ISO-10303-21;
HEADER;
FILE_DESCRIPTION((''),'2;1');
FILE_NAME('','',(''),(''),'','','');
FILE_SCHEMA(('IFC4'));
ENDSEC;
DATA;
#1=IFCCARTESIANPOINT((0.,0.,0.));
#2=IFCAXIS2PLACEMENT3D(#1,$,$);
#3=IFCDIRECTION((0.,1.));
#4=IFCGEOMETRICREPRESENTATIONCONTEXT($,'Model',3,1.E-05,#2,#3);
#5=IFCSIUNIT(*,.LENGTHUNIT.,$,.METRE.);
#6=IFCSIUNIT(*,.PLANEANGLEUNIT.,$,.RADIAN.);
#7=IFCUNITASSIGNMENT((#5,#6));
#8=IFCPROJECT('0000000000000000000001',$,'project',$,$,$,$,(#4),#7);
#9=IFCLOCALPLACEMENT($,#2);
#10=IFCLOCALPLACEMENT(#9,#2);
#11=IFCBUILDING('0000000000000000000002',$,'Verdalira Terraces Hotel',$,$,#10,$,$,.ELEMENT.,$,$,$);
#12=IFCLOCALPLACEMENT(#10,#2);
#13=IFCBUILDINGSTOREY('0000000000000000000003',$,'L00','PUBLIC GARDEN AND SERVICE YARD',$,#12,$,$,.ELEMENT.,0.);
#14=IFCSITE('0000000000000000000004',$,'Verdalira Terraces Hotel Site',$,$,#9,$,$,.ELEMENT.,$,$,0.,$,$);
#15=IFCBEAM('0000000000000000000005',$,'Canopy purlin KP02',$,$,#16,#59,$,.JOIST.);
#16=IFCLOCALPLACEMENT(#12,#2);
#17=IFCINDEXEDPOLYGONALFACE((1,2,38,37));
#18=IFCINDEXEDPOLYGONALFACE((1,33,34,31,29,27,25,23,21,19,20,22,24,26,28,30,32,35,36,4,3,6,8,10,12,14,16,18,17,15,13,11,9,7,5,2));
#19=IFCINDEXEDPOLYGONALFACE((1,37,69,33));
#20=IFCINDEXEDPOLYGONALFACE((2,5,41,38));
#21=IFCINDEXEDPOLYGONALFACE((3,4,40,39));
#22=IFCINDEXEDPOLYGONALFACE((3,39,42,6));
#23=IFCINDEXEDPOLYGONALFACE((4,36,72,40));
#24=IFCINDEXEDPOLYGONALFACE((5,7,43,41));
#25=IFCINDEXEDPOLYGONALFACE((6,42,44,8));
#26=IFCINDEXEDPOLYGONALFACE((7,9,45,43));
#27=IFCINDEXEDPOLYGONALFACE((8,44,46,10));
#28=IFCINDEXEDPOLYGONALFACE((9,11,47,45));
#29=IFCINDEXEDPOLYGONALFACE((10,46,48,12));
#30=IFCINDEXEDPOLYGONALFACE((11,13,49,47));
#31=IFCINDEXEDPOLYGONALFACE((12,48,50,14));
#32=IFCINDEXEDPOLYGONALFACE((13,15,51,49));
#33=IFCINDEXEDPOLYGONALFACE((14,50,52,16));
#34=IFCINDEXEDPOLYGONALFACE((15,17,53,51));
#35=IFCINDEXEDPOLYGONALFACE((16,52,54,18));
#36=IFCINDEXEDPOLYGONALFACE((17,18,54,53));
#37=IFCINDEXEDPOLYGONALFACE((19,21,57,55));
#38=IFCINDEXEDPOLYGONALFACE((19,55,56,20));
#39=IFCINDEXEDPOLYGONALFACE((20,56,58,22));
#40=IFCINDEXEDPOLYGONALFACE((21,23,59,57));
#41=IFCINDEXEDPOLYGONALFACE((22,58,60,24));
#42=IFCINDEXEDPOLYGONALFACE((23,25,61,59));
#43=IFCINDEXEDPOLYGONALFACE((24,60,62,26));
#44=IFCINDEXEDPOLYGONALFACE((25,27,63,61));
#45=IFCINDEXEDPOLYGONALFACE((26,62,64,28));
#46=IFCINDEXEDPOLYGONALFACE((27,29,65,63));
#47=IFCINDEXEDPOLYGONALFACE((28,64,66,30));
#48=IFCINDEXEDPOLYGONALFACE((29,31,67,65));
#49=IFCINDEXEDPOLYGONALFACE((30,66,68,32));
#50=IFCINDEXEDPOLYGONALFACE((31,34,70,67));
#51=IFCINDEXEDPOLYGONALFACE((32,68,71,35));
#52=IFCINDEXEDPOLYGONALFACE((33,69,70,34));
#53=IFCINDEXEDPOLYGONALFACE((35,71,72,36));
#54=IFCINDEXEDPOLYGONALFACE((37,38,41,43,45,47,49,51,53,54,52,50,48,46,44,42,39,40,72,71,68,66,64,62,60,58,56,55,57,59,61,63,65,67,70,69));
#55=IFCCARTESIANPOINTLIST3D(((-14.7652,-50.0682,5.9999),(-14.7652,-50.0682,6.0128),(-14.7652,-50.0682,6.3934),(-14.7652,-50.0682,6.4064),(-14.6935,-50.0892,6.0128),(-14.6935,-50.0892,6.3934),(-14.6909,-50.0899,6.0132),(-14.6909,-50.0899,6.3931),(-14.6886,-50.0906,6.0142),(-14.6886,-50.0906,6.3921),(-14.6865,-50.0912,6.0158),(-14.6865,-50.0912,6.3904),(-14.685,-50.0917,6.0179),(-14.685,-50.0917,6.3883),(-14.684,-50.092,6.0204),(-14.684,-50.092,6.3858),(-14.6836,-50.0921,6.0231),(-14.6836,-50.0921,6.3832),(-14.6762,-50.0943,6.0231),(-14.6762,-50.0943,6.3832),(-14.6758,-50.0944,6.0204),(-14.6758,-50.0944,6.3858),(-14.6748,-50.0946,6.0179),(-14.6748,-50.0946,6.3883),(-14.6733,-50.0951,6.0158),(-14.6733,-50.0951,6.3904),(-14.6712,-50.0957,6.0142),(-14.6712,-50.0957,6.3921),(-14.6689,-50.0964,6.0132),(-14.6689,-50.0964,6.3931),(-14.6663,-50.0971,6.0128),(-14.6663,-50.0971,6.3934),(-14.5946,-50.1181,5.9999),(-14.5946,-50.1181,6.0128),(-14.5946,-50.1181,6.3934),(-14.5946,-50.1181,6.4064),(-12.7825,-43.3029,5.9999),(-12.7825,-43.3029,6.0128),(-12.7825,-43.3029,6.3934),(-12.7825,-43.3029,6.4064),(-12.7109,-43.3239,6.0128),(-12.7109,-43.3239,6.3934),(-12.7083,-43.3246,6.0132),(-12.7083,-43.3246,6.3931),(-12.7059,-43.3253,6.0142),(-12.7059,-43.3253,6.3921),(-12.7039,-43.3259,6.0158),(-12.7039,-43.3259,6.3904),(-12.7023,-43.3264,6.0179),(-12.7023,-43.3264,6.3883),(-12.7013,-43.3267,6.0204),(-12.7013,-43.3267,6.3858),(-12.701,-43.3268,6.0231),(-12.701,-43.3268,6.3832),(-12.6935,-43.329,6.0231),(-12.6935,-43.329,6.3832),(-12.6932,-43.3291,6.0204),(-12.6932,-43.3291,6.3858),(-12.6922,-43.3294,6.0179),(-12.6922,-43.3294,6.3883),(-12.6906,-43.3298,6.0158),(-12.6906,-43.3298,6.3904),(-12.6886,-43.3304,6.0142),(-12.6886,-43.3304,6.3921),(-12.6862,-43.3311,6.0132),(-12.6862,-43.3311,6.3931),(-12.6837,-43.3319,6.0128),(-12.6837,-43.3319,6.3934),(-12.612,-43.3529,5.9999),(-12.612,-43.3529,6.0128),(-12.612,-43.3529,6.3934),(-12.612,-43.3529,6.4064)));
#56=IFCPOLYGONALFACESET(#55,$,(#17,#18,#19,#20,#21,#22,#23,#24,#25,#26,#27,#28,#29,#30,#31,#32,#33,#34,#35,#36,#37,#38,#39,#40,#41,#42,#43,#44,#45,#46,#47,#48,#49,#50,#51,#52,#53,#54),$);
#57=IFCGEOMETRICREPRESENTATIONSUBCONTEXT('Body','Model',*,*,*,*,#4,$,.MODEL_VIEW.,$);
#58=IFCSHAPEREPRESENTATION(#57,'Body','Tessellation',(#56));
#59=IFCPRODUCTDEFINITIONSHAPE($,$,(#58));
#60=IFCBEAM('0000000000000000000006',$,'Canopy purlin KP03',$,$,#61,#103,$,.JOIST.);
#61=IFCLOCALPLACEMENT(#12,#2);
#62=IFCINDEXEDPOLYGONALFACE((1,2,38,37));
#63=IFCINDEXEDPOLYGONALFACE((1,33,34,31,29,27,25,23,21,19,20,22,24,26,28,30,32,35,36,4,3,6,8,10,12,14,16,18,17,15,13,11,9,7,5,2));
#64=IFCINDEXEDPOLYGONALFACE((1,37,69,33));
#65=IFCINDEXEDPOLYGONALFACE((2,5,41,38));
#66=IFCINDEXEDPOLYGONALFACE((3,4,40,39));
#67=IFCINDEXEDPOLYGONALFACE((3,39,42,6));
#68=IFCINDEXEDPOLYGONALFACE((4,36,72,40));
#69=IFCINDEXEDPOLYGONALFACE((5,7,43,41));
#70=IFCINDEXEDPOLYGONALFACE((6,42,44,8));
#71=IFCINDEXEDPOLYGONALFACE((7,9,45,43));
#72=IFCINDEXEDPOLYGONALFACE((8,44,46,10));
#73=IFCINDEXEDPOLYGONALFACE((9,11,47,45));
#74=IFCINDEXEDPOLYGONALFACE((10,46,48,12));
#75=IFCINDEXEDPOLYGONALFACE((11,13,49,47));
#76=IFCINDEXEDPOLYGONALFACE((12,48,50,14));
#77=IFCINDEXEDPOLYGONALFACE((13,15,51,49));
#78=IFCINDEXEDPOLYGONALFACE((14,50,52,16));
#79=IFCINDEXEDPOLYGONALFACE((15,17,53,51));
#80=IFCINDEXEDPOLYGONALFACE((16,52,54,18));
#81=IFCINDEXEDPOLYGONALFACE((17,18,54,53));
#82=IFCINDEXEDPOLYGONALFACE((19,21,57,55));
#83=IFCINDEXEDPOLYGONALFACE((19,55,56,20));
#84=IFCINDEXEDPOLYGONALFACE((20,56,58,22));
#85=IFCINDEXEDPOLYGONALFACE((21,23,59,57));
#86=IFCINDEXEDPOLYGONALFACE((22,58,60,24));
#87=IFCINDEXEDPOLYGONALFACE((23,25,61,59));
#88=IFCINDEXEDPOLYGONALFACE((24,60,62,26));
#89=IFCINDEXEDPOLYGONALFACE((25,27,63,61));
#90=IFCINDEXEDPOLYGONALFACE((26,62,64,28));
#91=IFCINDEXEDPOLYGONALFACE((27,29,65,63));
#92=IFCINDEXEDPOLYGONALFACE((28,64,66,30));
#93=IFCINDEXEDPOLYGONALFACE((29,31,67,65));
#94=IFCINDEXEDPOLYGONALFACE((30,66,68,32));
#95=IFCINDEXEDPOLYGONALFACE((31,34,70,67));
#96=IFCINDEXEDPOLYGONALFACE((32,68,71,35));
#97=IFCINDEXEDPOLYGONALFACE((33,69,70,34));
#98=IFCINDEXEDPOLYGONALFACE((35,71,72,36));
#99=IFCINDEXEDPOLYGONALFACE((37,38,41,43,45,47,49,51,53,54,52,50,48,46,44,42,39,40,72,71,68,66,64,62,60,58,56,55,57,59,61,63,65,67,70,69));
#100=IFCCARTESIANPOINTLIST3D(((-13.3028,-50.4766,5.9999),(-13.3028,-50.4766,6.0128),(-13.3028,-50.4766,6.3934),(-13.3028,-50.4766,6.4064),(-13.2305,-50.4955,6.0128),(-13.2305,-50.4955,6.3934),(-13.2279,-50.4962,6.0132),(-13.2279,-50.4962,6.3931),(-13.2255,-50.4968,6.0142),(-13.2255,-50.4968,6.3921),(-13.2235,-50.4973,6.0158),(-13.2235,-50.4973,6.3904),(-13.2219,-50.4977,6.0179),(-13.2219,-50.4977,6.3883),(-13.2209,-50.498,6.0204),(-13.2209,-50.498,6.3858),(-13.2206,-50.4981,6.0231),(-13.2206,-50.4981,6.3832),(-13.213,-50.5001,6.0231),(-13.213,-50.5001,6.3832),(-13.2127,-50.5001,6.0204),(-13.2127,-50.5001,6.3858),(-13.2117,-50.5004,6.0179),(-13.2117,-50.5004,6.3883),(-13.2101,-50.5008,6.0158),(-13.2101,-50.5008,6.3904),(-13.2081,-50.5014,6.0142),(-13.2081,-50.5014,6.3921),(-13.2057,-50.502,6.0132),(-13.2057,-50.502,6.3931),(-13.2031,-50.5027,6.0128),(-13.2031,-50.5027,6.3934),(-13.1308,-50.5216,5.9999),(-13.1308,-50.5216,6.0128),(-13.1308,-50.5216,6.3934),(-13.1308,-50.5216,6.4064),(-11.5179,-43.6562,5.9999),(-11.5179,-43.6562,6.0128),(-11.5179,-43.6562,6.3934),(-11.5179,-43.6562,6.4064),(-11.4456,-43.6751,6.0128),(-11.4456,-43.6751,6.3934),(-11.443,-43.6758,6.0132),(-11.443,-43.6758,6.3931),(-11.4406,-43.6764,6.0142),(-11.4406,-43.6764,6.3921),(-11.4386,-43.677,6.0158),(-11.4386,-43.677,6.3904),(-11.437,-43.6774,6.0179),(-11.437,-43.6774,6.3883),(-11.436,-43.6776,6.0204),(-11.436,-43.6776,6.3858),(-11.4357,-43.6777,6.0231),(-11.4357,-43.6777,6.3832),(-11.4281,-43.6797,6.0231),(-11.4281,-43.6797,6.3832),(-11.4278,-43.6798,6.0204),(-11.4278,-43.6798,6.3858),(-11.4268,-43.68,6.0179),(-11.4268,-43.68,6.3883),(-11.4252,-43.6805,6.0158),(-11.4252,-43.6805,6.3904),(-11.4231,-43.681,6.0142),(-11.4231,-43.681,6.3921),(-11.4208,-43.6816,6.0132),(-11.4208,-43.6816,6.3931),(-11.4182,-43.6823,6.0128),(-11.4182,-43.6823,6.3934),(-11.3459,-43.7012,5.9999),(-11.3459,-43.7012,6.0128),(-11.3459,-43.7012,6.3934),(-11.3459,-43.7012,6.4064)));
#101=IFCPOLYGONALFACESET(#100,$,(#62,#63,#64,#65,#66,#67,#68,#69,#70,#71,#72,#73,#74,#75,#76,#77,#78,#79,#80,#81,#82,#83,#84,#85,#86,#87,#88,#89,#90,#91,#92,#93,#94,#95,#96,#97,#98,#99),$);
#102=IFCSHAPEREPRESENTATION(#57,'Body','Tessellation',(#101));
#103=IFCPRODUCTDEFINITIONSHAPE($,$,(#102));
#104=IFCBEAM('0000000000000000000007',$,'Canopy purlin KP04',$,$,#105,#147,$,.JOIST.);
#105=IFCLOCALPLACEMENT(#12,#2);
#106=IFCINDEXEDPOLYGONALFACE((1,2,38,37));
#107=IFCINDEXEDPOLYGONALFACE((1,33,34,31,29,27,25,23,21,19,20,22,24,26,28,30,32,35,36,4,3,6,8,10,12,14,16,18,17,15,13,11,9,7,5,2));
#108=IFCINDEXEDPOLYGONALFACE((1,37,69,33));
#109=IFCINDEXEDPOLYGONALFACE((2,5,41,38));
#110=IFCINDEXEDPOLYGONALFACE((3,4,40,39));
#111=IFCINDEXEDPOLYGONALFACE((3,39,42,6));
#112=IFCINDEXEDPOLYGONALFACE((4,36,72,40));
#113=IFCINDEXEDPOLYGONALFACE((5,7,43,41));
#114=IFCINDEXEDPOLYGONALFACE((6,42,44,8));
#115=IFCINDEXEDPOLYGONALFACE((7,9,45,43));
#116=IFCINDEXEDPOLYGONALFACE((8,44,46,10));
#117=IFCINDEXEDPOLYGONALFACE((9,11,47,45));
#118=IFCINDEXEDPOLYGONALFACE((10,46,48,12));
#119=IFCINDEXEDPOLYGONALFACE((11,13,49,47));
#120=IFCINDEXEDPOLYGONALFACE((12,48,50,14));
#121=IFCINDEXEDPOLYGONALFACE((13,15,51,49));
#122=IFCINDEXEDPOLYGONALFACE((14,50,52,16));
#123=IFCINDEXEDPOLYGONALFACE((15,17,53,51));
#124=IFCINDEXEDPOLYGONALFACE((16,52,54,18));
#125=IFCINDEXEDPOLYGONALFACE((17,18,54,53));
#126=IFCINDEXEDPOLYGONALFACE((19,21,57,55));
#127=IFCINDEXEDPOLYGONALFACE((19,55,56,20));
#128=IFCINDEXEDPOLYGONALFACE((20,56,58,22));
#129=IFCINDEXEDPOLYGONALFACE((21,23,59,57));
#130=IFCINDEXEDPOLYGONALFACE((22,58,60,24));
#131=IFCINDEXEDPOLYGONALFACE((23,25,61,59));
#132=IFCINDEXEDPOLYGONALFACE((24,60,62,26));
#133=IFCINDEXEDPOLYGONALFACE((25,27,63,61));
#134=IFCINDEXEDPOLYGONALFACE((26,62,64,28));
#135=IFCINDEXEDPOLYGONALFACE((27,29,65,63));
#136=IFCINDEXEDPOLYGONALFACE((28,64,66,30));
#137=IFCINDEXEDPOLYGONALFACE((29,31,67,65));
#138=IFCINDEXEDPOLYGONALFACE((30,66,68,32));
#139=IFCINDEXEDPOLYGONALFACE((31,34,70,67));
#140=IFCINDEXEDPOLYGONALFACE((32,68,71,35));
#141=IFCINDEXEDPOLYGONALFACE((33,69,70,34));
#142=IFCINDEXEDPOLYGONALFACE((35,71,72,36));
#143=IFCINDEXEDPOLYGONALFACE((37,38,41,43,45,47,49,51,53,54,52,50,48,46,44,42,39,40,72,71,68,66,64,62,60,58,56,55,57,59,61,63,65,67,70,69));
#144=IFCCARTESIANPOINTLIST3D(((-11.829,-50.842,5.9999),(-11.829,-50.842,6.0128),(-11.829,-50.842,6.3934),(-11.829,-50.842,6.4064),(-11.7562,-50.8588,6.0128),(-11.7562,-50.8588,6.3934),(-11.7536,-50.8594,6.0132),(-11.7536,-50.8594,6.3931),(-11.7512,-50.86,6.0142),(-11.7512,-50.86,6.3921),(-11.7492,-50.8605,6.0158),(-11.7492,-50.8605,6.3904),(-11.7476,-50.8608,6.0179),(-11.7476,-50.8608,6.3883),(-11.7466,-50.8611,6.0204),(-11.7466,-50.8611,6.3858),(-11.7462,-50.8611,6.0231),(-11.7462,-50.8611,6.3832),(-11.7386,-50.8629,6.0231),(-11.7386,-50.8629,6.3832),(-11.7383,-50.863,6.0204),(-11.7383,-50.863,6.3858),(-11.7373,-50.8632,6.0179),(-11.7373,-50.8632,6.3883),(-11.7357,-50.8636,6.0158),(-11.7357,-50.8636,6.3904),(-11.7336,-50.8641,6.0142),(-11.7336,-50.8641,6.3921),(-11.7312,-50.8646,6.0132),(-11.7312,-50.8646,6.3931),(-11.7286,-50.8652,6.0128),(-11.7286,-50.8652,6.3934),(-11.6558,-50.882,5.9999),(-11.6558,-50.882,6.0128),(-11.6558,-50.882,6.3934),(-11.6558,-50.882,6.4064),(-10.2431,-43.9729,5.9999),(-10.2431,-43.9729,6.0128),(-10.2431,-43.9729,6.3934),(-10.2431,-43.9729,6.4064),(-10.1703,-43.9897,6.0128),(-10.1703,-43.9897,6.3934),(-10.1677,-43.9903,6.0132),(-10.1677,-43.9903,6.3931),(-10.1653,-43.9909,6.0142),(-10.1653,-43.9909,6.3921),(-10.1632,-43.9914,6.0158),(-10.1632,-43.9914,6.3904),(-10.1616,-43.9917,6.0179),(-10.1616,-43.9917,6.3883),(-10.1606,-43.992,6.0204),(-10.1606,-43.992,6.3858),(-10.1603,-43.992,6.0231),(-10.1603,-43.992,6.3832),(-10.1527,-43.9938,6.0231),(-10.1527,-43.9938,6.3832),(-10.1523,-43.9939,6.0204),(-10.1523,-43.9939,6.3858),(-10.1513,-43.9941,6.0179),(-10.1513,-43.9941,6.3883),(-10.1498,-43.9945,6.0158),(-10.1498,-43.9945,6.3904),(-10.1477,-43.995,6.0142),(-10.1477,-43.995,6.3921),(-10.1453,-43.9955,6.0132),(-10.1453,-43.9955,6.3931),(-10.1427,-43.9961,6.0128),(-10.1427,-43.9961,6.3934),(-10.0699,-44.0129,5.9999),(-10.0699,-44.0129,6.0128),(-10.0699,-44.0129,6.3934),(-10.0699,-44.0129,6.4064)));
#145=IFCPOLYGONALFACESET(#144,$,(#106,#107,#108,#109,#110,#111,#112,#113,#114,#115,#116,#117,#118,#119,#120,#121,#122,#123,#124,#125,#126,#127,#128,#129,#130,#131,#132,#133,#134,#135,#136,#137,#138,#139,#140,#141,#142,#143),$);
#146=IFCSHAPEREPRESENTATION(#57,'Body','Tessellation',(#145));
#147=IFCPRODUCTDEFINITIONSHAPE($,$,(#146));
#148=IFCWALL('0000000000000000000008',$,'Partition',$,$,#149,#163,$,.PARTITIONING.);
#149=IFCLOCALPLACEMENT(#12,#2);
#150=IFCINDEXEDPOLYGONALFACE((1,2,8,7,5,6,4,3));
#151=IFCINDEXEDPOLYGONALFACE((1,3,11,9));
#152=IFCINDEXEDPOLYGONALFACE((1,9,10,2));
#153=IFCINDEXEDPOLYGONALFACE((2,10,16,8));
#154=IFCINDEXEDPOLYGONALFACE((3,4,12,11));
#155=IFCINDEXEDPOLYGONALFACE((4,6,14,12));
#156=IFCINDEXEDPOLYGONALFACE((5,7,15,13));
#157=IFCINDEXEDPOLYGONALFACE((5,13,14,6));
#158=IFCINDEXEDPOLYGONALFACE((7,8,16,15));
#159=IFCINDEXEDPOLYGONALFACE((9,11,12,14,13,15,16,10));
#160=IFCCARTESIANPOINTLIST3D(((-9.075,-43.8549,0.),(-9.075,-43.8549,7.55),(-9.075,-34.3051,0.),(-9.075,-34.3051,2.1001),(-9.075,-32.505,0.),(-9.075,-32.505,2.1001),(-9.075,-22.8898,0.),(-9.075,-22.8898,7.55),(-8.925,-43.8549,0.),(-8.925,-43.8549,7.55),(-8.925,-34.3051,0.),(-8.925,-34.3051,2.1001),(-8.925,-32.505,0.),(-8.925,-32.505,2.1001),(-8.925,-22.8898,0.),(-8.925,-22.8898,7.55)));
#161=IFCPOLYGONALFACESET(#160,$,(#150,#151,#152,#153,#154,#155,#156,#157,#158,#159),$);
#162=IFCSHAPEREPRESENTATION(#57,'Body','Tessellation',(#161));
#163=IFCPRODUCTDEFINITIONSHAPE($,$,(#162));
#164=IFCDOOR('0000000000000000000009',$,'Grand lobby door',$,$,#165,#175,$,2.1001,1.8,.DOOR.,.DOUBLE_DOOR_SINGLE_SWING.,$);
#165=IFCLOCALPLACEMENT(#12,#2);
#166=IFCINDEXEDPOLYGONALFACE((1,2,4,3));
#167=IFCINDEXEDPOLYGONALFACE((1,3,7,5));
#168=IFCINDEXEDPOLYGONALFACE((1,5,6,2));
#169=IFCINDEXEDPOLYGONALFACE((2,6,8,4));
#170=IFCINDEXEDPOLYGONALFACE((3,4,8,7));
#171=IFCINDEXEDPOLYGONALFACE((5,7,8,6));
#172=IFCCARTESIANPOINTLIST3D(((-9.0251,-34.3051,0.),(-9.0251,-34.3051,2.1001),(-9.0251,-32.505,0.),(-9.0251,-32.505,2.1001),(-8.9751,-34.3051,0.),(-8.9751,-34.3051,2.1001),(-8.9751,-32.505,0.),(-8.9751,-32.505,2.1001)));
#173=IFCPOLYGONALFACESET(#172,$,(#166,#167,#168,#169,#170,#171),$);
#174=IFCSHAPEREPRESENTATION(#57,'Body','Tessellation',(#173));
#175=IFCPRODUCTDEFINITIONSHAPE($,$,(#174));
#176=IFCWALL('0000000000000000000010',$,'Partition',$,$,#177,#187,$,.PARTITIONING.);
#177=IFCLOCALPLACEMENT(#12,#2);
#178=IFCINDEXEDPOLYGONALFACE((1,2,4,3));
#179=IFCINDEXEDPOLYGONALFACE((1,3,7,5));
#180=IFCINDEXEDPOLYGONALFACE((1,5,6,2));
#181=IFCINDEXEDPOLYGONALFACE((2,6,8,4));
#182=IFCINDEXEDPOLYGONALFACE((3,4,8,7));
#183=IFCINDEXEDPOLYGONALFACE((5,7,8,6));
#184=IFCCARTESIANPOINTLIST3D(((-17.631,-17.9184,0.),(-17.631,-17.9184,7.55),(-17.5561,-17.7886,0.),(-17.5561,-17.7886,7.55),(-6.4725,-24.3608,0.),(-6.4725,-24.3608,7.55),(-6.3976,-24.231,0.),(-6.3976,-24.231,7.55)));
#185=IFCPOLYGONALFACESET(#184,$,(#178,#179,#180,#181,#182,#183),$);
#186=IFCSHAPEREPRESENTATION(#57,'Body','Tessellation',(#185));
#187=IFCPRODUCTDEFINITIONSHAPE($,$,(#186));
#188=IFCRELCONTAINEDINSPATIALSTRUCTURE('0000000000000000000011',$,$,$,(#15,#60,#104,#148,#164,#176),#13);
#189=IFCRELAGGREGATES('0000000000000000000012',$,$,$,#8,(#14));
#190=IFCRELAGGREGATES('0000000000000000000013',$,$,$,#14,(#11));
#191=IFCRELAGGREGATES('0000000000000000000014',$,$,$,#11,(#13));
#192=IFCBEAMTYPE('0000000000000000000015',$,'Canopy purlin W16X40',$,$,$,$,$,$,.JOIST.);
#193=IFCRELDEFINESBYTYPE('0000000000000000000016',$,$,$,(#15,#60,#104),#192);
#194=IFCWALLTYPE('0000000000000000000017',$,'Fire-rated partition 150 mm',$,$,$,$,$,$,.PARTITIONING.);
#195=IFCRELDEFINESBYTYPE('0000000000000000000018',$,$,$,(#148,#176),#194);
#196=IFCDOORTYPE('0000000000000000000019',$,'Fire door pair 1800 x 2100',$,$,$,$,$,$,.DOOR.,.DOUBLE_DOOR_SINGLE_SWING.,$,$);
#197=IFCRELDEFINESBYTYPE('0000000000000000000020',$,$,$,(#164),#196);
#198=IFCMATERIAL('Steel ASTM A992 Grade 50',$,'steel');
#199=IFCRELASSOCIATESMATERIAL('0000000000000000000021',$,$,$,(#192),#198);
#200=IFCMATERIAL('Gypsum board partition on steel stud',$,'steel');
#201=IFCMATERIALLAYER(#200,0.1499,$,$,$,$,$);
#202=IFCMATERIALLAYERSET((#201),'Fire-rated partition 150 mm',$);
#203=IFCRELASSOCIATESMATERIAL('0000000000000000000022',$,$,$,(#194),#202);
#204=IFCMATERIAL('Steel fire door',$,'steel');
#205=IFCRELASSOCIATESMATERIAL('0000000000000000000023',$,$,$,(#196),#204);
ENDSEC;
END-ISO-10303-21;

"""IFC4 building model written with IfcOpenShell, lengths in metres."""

from ifc_helpers import new_model, si_unit, direction, frame, frame_2d, origin, origin_2d, place, context, subcontext, project, spatial, rectangle, i_section, extrude, material, layer, layer_set, material_profile, profile_set, type_object, element, fill, save


model = new_model("IFC4")

# Units and contexts
model_context = context("Model", 3, precision=1e-05, world=origin(), true_north=direction((0.0, 1.0)))
body_context = subcontext(model_context, "Body", "Model", "MODEL_VIEW")
ifc_project = project(units=[si_unit("LENGTHUNIT", "METRE"), si_unit("PLANEANGLEUNIT", "RADIAN")], contexts=[model_context])

# Site, building, storey
site_placement = place(None, origin())
site = spatial("IfcSite", under=ifc_project, at=site_placement, Name="Verdalira Terraces Hotel Site", CompositionType="ELEMENT", RefElevation=0.0)
building_placement = place(site_placement, origin())
building = spatial("IfcBuilding", under=site, at=building_placement, Name="Verdalira Terraces Hotel", CompositionType="ELEMENT")
storey_placement = place(building_placement, origin())
storey = spatial("IfcBuildingStorey", under=building, at=storey_placement, Name="L00", Description="PUBLIC GARDEN AND SERVICE YARD", CompositionType="ELEMENT", Elevation=0.0)

# Beams
ifc_material_1 = material(Name="Steel ASTM A992 Grade 50", Category="steel")
ifc_material_profile_1 = material_profile(ifc_material_1, i_section(OverallWidth=0.1777, OverallDepth=0.4065, WebThickness=0.0078, FlangeThickness=0.0129, FilletRadius=0.0103, at=origin_2d()), Name="W16X40")
ifc_profile_set_1 = profile_set([ifc_material_profile_1], Name="Steel ASTM A992 Grade 50")
beam_type = type_object("IfcBeamType", Name="Canopy purlin W16X40", PredefinedType="JOIST", material=ifc_profile_set_1)
beam_1_placement = place(storey_placement, frame((-12.6973, -43.3279, 6.2031), z_axis=(-0.281232, -0.95964, 0.0), x_axis=(0.95964, -0.281232, 0.0)))
element("IfcBeam", 1, at=beam_1_placement, inside=storey, type_object=beam_type, Name="Canopy purlin KP02", PredefinedType="JOIST", context=body_context, shape_type="SweptSolid", body=[
    extrude(i_section(OverallWidth=0.1777, OverallDepth=0.4065, WebThickness=0.0078, FlangeThickness=0.0129, FilletRadius=0.0103, at=origin_2d()), origin(), (0.0, 0.0, 1.0), 7.0498),
])
beam_2_placement = place(storey_placement, frame((-11.4319, -43.6787, 6.2031), z_axis=(-0.253179, -0.967419, 0.0), x_axis=(0.967419, -0.253179, 0.0)))
element("IfcBeam", 2, at=beam_2_placement, inside=storey, type_object=beam_type, Name="Canopy purlin KP03", PredefinedType="JOIST", context=body_context, shape_type="SweptSolid", body=[
    extrude(i_section(OverallWidth=0.1777, OverallDepth=0.4065, WebThickness=0.0078, FlangeThickness=0.0129, FilletRadius=0.0103, at=origin_2d()), origin(), (0.0, 0.0, 1.0), 7.05),
])
beam_3_placement = place(storey_placement, frame((-10.1565, -43.9929, 6.2031), z_axis=(-0.224961, -0.974368, 0.0), x_axis=(0.974368, -0.224961, 0.0)))
element("IfcBeam", 3, at=beam_3_placement, inside=storey, type_object=beam_type, Name="Canopy purlin KP04", PredefinedType="JOIST", context=body_context, shape_type="SweptSolid", body=[
    extrude(i_section(OverallWidth=0.1777, OverallDepth=0.4065, WebThickness=0.0078, FlangeThickness=0.0129, FilletRadius=0.0103, at=origin_2d()), origin(), (0.0, 0.0, 1.0), 7.0498),
])

# Wall, opening, door
ifc_material_2 = material(Name="Gypsum board partition on steel stud", Category="steel")
ifc_layer_1 = layer(ifc_material_2, 0.1499)
ifc_layer_set_1 = layer_set([ifc_layer_1], Name="Fire-rated partition 150 mm")
wall_type_1 = type_object("IfcWallType", Name="Fire-rated partition 150 mm", PredefinedType="PARTITIONING", material=ifc_layer_set_1)
wall_1_placement = place(storey_placement, frame((-9.0, -22.8899, 0.0), z_axis=(0.0, 0.0, 1.0), x_axis=(0.0, -1.0, 0.0)))
wall_1 = element("IfcWall", 4, at=wall_1_placement, inside=storey, type_object=wall_type_1, Name="Partition", PredefinedType="PARTITIONING", context=body_context, shape_type="SweptSolid", body=[
    extrude(rectangle(XDim=20.9651, YDim=0.1499, at=frame_2d((10.4824, 0.0))), origin(), (0.0, 0.0, 1.0), 7.55),
])
opening_1_placement = place(wall_1_placement, frame((9.6152, 0.0, 0.0)))
opening_1 = element("IfcOpeningElement", 5, at=opening_1_placement, cuts=wall_1, PredefinedType="OPENING", context=body_context, shape_type="SweptSolid", body=[
    extrude(rectangle(XDim=1.8, YDim=2.1001, at=frame_2d((0.8999, 1.05))), frame((0.0, 0.085, 0.0), z_axis=(0.0, -1.0, 0.0), x_axis=(1.0, 0.0, 0.0)), (0.0, 0.0, 1.0), 0.1699),
])
ifc_material_3 = material(Name="Steel fire door", Category="steel")
door_type_1 = type_object("IfcDoorType", Name="Fire door pair 1800 x 2100", OperationType="DOUBLE_DOOR_SINGLE_SWING", PredefinedType="DOOR", material=ifc_material_3)
door_1_placement = place(opening_1_placement, origin())
door_1 = element("IfcDoor", 6, at=door_1_placement, inside=storey, type_object=door_type_1, Name="Grand lobby door", OperationType="DOUBLE_DOOR_SINGLE_SWING", OverallHeight=2.1001, OverallWidth=1.8, PredefinedType="DOOR", context=body_context, shape_type="SweptSolid", body=[
    extrude(rectangle(XDim=1.8, YDim=2.1001, at=frame_2d((0.8999, 1.05))), frame((0.0, 0.0249, 0.0), z_axis=(0.0, -1.0, 0.0), x_axis=(1.0, 0.0, 0.0)), (0.0, 0.0, 1.0), 0.05),
])
fill(opening_1, door_1)

# Wall
wall_2_placement = place(storey_placement, frame((-6.4351, -24.2959, 0.0), z_axis=(0.0, 0.0, 1.0), x_axis=(-0.866024, 0.500003, 0.0)))
element("IfcWall", 7, at=wall_2_placement, inside=storey, type_object=wall_type_1, Name="Partition", PredefinedType="PARTITIONING", context=body_context, shape_type="SweptSolid", body=[
    extrude(rectangle(XDim=12.8848, YDim=0.1499, at=frame_2d((6.4424, 0.0))), origin(), (0.0, 0.0, 1.0), 7.55),
])

save(model, "model.ifc")
